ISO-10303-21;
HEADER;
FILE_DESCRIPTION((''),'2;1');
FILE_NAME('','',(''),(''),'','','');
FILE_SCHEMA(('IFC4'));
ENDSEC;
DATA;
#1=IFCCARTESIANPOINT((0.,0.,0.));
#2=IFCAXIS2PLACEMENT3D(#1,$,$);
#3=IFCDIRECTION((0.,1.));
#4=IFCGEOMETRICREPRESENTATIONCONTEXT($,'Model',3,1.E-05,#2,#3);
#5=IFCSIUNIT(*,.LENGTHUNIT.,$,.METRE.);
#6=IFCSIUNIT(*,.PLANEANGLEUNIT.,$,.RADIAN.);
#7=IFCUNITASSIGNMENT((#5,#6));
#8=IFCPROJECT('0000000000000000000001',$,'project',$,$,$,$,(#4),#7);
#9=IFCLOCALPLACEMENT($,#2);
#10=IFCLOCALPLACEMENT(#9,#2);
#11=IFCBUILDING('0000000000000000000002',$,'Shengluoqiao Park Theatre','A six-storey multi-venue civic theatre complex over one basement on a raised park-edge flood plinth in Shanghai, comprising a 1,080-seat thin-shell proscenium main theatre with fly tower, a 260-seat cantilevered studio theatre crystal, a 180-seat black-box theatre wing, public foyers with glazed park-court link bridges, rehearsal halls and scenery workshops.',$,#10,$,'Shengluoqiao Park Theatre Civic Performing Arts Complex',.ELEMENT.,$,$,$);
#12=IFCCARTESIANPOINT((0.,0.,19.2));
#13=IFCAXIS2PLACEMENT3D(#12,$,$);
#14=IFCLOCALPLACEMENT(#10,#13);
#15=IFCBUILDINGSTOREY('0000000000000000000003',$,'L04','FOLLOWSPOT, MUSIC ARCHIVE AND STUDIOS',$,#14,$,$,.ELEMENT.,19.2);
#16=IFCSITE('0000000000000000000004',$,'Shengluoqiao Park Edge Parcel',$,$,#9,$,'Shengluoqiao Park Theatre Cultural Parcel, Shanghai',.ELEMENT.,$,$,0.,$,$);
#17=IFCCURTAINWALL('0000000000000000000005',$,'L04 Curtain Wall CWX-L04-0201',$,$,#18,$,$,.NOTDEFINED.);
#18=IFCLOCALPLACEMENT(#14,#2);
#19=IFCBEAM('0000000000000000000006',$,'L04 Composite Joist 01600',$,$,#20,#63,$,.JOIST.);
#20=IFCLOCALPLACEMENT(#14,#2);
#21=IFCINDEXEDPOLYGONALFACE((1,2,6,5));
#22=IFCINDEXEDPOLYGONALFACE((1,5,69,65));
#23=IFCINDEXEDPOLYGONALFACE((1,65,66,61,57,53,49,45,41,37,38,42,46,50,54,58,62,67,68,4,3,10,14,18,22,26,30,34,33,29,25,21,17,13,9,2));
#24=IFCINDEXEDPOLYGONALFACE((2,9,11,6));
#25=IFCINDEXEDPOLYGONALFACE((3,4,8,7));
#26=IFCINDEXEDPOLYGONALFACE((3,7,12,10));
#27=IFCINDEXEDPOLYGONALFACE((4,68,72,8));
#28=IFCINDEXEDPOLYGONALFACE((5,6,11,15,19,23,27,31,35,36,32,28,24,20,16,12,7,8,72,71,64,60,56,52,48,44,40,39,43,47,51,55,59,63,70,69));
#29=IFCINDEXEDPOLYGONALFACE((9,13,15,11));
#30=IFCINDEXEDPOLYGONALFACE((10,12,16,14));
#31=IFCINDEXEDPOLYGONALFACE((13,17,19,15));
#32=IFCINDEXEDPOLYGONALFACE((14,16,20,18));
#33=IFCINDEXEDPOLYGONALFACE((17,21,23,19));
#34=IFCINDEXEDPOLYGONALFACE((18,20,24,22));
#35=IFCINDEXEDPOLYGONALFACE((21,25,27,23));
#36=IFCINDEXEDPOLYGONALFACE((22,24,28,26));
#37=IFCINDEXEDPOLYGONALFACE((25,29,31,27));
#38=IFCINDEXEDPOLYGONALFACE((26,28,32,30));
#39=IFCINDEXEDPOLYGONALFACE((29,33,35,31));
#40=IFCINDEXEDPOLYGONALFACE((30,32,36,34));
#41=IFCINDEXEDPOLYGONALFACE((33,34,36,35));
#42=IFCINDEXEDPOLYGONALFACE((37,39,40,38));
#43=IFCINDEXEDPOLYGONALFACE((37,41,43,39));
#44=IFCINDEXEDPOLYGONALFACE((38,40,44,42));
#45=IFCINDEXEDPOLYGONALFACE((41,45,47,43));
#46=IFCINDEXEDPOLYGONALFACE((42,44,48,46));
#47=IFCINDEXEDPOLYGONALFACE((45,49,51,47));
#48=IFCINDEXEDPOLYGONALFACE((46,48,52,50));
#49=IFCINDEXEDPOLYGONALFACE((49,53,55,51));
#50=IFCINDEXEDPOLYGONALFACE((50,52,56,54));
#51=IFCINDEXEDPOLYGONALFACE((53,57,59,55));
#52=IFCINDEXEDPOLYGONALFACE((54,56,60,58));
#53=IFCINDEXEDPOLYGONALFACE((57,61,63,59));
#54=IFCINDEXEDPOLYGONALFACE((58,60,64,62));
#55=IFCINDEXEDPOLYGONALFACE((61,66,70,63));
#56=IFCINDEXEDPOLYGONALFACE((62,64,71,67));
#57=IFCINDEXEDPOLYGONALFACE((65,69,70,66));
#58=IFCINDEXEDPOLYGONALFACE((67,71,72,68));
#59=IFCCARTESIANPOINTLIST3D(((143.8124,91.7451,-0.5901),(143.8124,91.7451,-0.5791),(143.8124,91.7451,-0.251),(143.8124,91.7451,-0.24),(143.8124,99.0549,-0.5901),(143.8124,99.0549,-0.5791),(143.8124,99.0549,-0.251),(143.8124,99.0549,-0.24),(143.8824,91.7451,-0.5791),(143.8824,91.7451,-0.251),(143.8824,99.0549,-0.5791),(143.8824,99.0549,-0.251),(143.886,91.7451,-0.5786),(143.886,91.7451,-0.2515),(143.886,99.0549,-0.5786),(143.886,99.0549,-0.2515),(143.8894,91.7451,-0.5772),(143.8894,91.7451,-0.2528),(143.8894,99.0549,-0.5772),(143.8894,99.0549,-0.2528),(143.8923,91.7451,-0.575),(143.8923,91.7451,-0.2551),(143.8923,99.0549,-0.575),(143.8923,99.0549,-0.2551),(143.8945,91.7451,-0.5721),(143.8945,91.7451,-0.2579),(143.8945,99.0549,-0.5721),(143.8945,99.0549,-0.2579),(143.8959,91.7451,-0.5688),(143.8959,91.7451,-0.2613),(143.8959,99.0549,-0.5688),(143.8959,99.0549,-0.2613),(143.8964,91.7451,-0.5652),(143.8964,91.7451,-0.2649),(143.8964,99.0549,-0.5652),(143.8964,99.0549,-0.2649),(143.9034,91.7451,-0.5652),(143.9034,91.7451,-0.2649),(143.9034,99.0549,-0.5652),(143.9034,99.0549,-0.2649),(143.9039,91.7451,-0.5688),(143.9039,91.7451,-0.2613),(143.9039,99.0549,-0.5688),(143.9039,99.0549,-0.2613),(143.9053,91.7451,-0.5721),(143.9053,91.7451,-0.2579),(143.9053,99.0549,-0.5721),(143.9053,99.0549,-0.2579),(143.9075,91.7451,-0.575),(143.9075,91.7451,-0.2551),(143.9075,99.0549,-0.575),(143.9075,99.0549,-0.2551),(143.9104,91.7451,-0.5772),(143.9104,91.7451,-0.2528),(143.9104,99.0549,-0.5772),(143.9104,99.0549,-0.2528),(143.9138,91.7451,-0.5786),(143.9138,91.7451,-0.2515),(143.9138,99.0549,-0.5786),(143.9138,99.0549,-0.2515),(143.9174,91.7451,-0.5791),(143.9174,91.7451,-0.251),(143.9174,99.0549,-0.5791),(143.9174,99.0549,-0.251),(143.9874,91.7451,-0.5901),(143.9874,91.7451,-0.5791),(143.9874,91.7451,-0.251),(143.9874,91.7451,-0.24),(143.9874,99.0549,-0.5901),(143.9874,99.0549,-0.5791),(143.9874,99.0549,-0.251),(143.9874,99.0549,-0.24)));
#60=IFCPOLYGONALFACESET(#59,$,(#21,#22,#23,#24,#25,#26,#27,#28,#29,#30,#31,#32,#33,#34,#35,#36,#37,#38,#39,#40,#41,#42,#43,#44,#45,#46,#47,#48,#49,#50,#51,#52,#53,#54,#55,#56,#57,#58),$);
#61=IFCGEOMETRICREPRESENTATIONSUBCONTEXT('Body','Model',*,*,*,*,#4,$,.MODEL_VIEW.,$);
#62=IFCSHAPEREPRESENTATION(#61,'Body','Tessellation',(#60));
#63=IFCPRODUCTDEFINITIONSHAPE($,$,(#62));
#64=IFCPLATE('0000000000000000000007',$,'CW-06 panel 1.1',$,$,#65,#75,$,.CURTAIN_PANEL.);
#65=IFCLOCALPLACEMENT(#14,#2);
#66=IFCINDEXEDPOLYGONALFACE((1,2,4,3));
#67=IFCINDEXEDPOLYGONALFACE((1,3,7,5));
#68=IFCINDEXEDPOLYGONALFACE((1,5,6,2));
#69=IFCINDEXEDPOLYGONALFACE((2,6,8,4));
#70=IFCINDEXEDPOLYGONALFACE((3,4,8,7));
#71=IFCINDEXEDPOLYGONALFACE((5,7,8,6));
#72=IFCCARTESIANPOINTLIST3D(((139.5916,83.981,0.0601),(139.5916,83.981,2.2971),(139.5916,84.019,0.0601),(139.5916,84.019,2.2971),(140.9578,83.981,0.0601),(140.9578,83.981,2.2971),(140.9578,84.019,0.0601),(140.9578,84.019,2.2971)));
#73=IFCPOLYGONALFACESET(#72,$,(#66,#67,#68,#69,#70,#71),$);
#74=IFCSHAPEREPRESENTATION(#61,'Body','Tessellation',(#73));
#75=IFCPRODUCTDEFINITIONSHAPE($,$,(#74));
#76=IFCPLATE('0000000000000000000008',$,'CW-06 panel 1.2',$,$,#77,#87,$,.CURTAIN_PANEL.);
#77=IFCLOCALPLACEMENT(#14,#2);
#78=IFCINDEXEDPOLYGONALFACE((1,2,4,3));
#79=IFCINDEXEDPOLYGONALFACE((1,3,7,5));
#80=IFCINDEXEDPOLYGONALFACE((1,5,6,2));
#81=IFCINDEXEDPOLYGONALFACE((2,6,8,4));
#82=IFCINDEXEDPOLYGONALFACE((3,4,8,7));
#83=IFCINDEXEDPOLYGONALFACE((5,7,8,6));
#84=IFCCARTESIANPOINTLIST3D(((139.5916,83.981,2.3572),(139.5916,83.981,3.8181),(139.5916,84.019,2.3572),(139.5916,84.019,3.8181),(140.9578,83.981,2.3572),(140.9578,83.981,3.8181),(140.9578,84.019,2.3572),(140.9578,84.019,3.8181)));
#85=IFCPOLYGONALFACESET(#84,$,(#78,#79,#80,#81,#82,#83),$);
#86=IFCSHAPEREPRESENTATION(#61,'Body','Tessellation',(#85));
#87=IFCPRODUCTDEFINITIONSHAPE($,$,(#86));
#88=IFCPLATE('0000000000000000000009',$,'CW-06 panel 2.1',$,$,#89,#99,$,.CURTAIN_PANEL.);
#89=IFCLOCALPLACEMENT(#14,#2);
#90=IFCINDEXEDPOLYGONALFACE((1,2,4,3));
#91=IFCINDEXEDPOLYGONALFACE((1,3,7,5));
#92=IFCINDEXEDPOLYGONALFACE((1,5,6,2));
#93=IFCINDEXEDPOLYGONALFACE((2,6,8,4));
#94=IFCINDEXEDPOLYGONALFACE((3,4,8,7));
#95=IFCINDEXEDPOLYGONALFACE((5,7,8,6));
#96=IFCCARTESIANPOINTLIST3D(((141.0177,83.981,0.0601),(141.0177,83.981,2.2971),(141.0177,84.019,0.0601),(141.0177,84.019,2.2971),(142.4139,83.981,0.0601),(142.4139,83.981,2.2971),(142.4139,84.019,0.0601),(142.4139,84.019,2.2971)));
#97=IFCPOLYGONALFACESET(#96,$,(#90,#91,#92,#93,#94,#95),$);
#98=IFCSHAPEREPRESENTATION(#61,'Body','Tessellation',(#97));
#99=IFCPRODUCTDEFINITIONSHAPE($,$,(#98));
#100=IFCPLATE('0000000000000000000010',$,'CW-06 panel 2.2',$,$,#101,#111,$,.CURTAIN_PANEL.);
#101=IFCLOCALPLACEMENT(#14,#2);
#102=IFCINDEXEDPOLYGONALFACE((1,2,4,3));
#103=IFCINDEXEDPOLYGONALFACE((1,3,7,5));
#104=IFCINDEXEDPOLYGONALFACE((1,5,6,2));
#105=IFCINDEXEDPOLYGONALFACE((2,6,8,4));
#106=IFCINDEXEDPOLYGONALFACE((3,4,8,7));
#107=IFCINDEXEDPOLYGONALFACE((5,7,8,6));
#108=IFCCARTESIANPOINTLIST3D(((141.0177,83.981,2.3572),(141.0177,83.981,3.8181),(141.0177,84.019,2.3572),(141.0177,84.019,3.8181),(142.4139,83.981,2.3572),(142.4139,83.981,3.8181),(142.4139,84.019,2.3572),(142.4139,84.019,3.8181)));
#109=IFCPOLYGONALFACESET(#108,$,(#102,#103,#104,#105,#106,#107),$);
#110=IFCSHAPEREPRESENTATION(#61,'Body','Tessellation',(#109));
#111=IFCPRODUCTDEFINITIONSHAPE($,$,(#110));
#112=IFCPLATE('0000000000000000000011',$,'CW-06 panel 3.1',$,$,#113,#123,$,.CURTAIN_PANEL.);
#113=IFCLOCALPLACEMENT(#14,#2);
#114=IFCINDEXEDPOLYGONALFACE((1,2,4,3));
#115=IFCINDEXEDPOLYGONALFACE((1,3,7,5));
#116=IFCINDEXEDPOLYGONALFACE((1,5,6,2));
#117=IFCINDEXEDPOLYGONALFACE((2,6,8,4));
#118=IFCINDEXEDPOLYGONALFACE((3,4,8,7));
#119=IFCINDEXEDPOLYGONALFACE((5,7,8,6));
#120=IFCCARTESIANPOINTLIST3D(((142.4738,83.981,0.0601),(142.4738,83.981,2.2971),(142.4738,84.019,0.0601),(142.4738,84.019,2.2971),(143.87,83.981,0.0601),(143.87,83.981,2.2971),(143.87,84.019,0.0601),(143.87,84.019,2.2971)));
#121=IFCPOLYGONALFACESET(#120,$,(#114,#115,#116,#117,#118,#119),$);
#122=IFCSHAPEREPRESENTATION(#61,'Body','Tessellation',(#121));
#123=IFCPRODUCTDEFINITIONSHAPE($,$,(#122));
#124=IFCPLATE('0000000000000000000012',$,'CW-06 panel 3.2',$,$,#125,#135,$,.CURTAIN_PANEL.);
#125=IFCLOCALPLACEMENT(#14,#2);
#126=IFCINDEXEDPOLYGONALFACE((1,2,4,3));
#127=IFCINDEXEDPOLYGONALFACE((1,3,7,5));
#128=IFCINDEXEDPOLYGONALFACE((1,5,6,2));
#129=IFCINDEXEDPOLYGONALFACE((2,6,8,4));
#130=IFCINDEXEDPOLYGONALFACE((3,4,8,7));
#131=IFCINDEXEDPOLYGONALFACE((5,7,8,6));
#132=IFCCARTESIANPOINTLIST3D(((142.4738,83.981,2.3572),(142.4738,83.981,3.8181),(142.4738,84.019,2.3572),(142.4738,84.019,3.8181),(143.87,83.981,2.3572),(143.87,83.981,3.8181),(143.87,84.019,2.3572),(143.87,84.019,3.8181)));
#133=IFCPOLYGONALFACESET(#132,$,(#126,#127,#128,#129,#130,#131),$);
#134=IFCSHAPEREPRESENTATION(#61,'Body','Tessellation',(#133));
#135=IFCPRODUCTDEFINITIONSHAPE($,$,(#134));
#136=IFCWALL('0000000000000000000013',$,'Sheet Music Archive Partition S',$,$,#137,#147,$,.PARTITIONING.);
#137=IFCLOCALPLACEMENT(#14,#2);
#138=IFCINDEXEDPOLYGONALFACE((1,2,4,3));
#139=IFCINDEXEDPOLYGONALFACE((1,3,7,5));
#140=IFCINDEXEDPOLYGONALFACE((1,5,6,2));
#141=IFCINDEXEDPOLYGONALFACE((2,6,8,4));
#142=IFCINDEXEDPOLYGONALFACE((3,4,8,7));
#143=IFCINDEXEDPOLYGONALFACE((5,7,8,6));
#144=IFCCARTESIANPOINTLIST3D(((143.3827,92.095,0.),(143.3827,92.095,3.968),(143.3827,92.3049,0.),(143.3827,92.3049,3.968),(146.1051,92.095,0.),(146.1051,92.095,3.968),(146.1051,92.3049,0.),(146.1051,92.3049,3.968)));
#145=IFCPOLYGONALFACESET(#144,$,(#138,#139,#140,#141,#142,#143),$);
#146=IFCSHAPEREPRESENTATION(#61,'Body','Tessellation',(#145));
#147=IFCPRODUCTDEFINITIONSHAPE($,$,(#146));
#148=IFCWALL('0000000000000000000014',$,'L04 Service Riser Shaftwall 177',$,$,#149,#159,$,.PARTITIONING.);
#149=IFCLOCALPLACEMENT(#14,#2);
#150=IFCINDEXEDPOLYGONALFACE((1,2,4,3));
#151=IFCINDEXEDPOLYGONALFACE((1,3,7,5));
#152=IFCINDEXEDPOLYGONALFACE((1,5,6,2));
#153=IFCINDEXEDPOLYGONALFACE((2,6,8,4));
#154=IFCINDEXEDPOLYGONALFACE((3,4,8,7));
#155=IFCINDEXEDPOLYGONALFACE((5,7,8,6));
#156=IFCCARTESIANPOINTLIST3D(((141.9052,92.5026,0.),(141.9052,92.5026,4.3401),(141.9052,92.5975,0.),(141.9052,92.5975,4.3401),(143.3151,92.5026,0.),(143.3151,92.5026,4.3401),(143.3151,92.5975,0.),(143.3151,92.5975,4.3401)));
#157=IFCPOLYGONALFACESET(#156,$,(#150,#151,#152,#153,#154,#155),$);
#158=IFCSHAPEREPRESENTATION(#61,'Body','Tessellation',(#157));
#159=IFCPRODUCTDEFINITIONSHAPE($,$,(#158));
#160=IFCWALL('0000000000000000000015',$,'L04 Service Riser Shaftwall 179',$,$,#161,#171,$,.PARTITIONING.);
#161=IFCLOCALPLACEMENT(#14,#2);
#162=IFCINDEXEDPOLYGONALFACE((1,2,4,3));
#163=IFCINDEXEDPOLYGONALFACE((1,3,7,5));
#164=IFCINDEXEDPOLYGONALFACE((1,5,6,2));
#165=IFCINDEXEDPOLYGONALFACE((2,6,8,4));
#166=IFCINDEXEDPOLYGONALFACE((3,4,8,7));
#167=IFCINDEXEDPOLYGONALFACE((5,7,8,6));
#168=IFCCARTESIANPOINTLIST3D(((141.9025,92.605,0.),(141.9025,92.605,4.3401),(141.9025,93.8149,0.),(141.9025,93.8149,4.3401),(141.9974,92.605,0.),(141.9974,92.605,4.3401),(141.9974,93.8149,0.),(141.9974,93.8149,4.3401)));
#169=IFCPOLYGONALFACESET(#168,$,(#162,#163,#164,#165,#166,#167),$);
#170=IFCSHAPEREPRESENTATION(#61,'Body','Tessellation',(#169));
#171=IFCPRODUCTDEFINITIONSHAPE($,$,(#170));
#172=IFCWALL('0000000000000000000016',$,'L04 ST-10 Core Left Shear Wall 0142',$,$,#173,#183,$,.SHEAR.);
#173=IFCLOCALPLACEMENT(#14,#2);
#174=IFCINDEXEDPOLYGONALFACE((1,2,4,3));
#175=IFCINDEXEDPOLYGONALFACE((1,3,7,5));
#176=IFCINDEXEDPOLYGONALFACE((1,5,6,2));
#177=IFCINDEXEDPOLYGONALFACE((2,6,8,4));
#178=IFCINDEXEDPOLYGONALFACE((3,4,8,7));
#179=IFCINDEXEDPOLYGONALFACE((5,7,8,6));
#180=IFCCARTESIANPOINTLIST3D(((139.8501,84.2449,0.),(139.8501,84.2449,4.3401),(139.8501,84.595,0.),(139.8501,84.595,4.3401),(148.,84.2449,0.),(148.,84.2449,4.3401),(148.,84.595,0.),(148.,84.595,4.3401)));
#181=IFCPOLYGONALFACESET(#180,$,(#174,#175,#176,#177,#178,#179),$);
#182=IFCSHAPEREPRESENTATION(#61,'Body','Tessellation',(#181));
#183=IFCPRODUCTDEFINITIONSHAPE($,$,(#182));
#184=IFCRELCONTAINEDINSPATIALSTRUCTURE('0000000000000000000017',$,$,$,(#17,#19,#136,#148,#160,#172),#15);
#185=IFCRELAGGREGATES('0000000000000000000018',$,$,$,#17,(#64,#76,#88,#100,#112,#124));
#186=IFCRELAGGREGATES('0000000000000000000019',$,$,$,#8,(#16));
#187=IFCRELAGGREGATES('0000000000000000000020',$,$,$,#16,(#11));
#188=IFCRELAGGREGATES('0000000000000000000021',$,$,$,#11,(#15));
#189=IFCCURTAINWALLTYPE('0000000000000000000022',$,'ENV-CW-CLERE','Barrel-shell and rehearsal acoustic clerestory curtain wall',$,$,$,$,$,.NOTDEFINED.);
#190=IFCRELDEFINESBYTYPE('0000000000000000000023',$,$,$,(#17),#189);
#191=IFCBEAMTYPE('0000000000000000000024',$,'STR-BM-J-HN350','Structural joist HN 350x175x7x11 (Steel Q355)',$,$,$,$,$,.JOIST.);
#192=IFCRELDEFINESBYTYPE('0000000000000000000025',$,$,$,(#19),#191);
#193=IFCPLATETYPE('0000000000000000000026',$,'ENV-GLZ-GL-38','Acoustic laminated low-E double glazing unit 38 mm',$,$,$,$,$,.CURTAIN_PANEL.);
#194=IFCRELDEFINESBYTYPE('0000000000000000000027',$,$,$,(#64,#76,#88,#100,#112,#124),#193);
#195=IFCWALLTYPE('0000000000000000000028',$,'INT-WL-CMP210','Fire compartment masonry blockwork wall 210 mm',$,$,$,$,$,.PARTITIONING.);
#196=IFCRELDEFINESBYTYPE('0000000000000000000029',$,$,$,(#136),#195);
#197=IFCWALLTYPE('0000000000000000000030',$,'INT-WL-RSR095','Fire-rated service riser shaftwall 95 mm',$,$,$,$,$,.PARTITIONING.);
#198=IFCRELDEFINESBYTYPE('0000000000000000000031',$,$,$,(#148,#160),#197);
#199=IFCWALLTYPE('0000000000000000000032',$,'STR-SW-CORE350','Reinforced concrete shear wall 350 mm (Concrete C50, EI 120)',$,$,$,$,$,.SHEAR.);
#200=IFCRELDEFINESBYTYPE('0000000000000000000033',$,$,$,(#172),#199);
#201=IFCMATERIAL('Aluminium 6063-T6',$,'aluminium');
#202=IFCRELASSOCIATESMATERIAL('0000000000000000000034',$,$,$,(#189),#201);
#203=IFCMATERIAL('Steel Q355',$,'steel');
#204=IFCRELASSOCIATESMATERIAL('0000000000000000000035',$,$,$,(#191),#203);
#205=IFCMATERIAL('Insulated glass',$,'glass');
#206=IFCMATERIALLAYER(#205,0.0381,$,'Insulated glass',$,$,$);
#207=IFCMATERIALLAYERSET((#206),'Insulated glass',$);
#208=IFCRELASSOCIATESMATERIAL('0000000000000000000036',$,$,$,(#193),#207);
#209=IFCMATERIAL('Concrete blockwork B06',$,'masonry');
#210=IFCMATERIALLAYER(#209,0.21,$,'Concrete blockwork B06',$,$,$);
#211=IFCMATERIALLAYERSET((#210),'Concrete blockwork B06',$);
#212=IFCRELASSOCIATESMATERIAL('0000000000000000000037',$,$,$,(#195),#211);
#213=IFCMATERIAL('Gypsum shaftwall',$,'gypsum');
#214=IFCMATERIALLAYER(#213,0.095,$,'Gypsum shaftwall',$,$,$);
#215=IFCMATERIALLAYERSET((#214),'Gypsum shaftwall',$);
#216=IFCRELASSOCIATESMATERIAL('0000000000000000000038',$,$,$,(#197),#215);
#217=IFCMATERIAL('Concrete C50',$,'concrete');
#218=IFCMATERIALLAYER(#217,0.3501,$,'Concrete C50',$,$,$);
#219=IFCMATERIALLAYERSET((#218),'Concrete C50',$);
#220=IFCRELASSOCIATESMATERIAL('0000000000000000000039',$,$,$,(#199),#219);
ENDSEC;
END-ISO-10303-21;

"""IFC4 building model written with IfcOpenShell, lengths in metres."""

from ifc_helpers import new_model, si_unit, direction, frame, frame_2d, origin, origin_2d, place, context, subcontext, project, spatial, rectangle, i_section, extrude, material, layer, layer_set, material_profile, profile_set, type_object, element, aggregate, save


model = new_model("IFC4")

# Units and contexts
model_context = context("Model", 3, precision=1e-05, world=origin(), true_north=direction((0.0, 1.0)))
body_context = subcontext(model_context, "Body", "Model", "MODEL_VIEW")
ifc_project = project(units=[si_unit("LENGTHUNIT", "METRE"), si_unit("PLANEANGLEUNIT", "RADIAN")], contexts=[model_context])

# Site, building, storey
site_placement = place(None, origin())
site = spatial("IfcSite", under=ifc_project, at=site_placement, Name="Shengluoqiao Park Edge Parcel", LongName="Shengluoqiao Park Theatre Cultural Parcel, Shanghai", CompositionType="ELEMENT", RefElevation=0.0)
building_placement = place(site_placement, origin())
building = spatial("IfcBuilding", under=site, at=building_placement, Name="Shengluoqiao Park Theatre", Description="A six-storey multi-venue civic theatre complex over one basement on a raised park-edge flood plinth in Shanghai, comprising a 1,080-seat thin-shell proscenium main theatre with fly tower, a 260-seat cantilevered studio theatre crystal, a 180-seat black-box theatre wing, public foyers with glazed park-court link bridges, rehearsal halls and scenery workshops.", LongName="Shengluoqiao Park Theatre Civic Performing Arts Complex", CompositionType="ELEMENT")
storey_placement = place(building_placement, frame((0.0, 0.0, 19.2)))
storey = spatial("IfcBuildingStorey", under=building, at=storey_placement, Name="L04", Description="FOLLOWSPOT, MUSIC ARCHIVE AND STUDIOS", CompositionType="ELEMENT", Elevation=19.2)

# Curtain wall
ifc_material_1 = material(Name="Aluminium 6063-T6", Category="aluminium")
curtain_wall_type = type_object("IfcCurtainWallType", Name="ENV-CW-CLERE", Description="Barrel-shell and rehearsal acoustic clerestory curtain wall", PredefinedType="NOTDEFINED", material=ifc_material_1)
curtain_wall_placement = place(storey_placement, origin())
curtain_wall = element("IfcCurtainWall", 1, at=curtain_wall_placement, inside=storey, type_object=curtain_wall_type, Name="L04 Curtain Wall CWX-L04-0201", PredefinedType="NOTDEFINED")

# Beam
ifc_material_2 = material(Name="Steel Q355", Category="steel")
ifc_material_profile_1 = material_profile(ifc_material_2, i_section(OverallWidth=0.175, OverallDepth=0.3501, WebThickness=0.0071, FlangeThickness=0.011, FilletRadius=0.0139, at=origin_2d()), Name="HN 350x175x7x11")
ifc_profile_set_1 = profile_set([ifc_material_profile_1], Name="Steel Q355")
beam_type = type_object("IfcBeamType", Name="STR-BM-J-HN350", Description="Structural joist HN 350x175x7x11 (Steel Q355)", PredefinedType="JOIST", material=ifc_profile_set_1)
for number, where, z_axis, x_axis, name in (
    (2, (143.8999, 91.7451, -0.415), (0.0, 1.0, 0.0), (-1.0, 0.0, 0.0), "L04 Composite Joist 01600"),
):
    element("IfcBeam", number, at=place(storey_placement, frame(where, z_axis=z_axis, x_axis=x_axis)), inside=storey, type_object=beam_type, Name=name, PredefinedType="JOIST", context=body_context, shape_type="SweptSolid", body=[
        extrude(i_section(OverallWidth=0.175, OverallDepth=0.3501, WebThickness=0.0071, FlangeThickness=0.011, FilletRadius=0.0139, at=origin_2d()), origin(), (0.0, 0.0, 1.0), 7.3098),
    ])

# Plates
ifc_material_3 = material(Name="Insulated glass", Category="glass")
ifc_layer_1 = layer(ifc_material_3, 0.0381, Name="Insulated glass")
ifc_layer_set_1 = layer_set([ifc_layer_1], Name="Insulated glass")
plate_type = type_object("IfcPlateType", Name="ENV-GLZ-GL-38", Description="Acoustic laminated low-E double glazing unit 38 mm", PredefinedType="CURTAIN_PANEL", material=ifc_layer_set_1)
plate_1_placement = place(storey_placement, frame((140.2747, 84.0, 0.0601), z_axis=(0.0, 0.0, 1.0), x_axis=(1.0, 0.0, 0.0)))
plate_1 = element("IfcPlate", 3, at=plate_1_placement, type_object=plate_type, Name="CW-06 panel 1.1", PredefinedType="CURTAIN_PANEL", context=body_context, shape_type="SweptSolid", body=[
    extrude(rectangle(XDim=1.3662, YDim=0.0381, at=origin_2d()), origin(), (0.0, 0.0, 1.0), 2.2371),
])
plate_2_placement = place(storey_placement, frame((140.2747, 84.0, 2.3572), z_axis=(0.0, 0.0, 1.0), x_axis=(1.0, 0.0, 0.0)))
plate_2 = element("IfcPlate", 4, at=plate_2_placement, type_object=plate_type, Name="CW-06 panel 1.2", PredefinedType="CURTAIN_PANEL", context=body_context, shape_type="SweptSolid", body=[
    extrude(rectangle(XDim=1.3662, YDim=0.0381, at=origin_2d()), origin(), (0.0, 0.0, 1.0), 1.4609),
])
plate_3_placement = place(storey_placement, frame((141.7158, 84.0, 0.0601), z_axis=(0.0, 0.0, 1.0), x_axis=(1.0, 0.0, 0.0)))
plate_3 = element("IfcPlate", 5, at=plate_3_placement, type_object=plate_type, Name="CW-06 panel 2.1", PredefinedType="CURTAIN_PANEL", context=body_context, shape_type="SweptSolid", body=[
    extrude(rectangle(XDim=1.3962, YDim=0.0381, at=origin_2d()), origin(), (0.0, 0.0, 1.0), 2.2371),
])
plate_4_placement = place(storey_placement, frame((141.7158, 84.0, 2.3572), z_axis=(0.0, 0.0, 1.0), x_axis=(1.0, 0.0, 0.0)))
plate_4 = element("IfcPlate", 6, at=plate_4_placement, type_object=plate_type, Name="CW-06 panel 2.2", PredefinedType="CURTAIN_PANEL", context=body_context, shape_type="SweptSolid", body=[
    extrude(rectangle(XDim=1.3962, YDim=0.0381, at=origin_2d()), origin(), (0.0, 0.0, 1.0), 1.4609),
])
plate_5_placement = place(storey_placement, frame((143.1719, 84.0, 0.0601), z_axis=(0.0, 0.0, 1.0), x_axis=(1.0, 0.0, 0.0)))
plate_5 = element("IfcPlate", 7, at=plate_5_placement, type_object=plate_type, Name="CW-06 panel 3.1", PredefinedType="CURTAIN_PANEL", context=body_context, shape_type="SweptSolid", body=[
    extrude(rectangle(XDim=1.3962, YDim=0.0381, at=origin_2d()), origin(), (0.0, 0.0, 1.0), 2.2371),
])
plate_6_placement = place(storey_placement, frame((143.1719, 84.0, 2.3572), z_axis=(0.0, 0.0, 1.0), x_axis=(1.0, 0.0, 0.0)))
plate_6 = element("IfcPlate", 8, at=plate_6_placement, type_object=plate_type, Name="CW-06 panel 3.2", PredefinedType="CURTAIN_PANEL", context=body_context, shape_type="SweptSolid", body=[
    extrude(rectangle(XDim=1.3962, YDim=0.0381, at=origin_2d()), origin(), (0.0, 0.0, 1.0), 1.4609),
])
aggregate(curtain_wall, [plate_1, plate_2, plate_3, plate_4, plate_5, plate_6])

# Walls
ifc_material_4 = material(Name="Concrete blockwork B06", Category="masonry")
ifc_layer_2 = layer(ifc_material_4, 0.21, Name="Concrete blockwork B06")
ifc_layer_set_2 = layer_set([ifc_layer_2], Name="Concrete blockwork B06")
wall_type_1 = type_object("IfcWallType", Name="INT-WL-CMP210", Description="Fire compartment masonry blockwork wall 210 mm", PredefinedType="PARTITIONING", material=ifc_layer_set_2)
wall_1_placement = place(storey_placement, frame((143.3826, 92.2, 0.0), z_axis=(0.0, 0.0, 1.0), x_axis=(1.0, 0.0, 0.0)))
element("IfcWall", 9, at=wall_1_placement, inside=storey, type_object=wall_type_1, Name="Sheet Music Archive Partition S", PredefinedType="PARTITIONING", context=body_context, shape_type="SweptSolid", body=[
    extrude(rectangle(XDim=2.7224, YDim=0.21, at=frame_2d((1.3613, 0.0))), origin(), (0.0, 0.0, 1.0), 3.968),
])
ifc_material_5 = material(Name="Gypsum shaftwall", Category="gypsum")
ifc_layer_3 = layer(ifc_material_5, 0.095, Name="Gypsum shaftwall")
ifc_layer_set_3 = layer_set([ifc_layer_3], Name="Gypsum shaftwall")
wall_type_2 = type_object("IfcWallType", Name="INT-WL-RSR095", Description="Fire-rated service riser shaftwall 95 mm", PredefinedType="PARTITIONING", material=ifc_layer_set_3)
wall_2_placement = place(storey_placement, frame((141.905, 92.55, 0.0), z_axis=(0.0, 0.0, 1.0), x_axis=(1.0, 0.0, 0.0)))
element("IfcWall", 10, at=wall_2_placement, inside=storey, type_object=wall_type_2, Name="L04 Service Riser Shaftwall 177", PredefinedType="PARTITIONING", context=body_context, shape_type="SweptSolid", body=[
    extrude(rectangle(XDim=1.4099, YDim=0.095, at=frame_2d((0.7051, 0.0))), origin(), (0.0, 0.0, 1.0), 4.3401),
])
wall_3_placement = place(storey_placement, frame((141.95, 92.605, 0.0), z_axis=(0.0, 0.0, 1.0), x_axis=(0.0, 1.0, 0.0)))
element("IfcWall", 11, at=wall_3_placement, inside=storey, type_object=wall_type_2, Name="L04 Service Riser Shaftwall 179", PredefinedType="PARTITIONING", context=body_context, shape_type="SweptSolid", body=[
    extrude(rectangle(XDim=1.21, YDim=0.095, at=frame_2d((0.605, 0.0))), origin(), (0.0, 0.0, 1.0), 4.3401),
])
ifc_material_6 = material(Name="Concrete C50", Category="concrete")
ifc_layer_4 = layer(ifc_material_6, 0.3501, Name="Concrete C50")
ifc_layer_set_4 = layer_set([ifc_layer_4], Name="Concrete C50")
wall_type_3 = type_object("IfcWallType", Name="STR-SW-CORE350", Description="Reinforced concrete shear wall 350 mm (Concrete C50, EI 120)", PredefinedType="SHEAR", material=ifc_layer_set_4)
wall_4_placement = place(storey_placement, frame((139.8501, 84.4199, 0.0), z_axis=(0.0, 0.0, 1.0), x_axis=(1.0, 0.0, 0.0)))
element("IfcWall", 12, at=wall_4_placement, inside=storey, type_object=wall_type_3, Name="L04 ST-10 Core Left Shear Wall 0142", PredefinedType="SHEAR", context=body_context, shape_type="SweptSolid", body=[
    extrude(rectangle(XDim=8.1499, YDim=0.3501, at=frame_2d((4.075, 0.0))), origin(), (0.0, 0.0, 1.0), 4.3401),
])

save(model, "model.ifc")
